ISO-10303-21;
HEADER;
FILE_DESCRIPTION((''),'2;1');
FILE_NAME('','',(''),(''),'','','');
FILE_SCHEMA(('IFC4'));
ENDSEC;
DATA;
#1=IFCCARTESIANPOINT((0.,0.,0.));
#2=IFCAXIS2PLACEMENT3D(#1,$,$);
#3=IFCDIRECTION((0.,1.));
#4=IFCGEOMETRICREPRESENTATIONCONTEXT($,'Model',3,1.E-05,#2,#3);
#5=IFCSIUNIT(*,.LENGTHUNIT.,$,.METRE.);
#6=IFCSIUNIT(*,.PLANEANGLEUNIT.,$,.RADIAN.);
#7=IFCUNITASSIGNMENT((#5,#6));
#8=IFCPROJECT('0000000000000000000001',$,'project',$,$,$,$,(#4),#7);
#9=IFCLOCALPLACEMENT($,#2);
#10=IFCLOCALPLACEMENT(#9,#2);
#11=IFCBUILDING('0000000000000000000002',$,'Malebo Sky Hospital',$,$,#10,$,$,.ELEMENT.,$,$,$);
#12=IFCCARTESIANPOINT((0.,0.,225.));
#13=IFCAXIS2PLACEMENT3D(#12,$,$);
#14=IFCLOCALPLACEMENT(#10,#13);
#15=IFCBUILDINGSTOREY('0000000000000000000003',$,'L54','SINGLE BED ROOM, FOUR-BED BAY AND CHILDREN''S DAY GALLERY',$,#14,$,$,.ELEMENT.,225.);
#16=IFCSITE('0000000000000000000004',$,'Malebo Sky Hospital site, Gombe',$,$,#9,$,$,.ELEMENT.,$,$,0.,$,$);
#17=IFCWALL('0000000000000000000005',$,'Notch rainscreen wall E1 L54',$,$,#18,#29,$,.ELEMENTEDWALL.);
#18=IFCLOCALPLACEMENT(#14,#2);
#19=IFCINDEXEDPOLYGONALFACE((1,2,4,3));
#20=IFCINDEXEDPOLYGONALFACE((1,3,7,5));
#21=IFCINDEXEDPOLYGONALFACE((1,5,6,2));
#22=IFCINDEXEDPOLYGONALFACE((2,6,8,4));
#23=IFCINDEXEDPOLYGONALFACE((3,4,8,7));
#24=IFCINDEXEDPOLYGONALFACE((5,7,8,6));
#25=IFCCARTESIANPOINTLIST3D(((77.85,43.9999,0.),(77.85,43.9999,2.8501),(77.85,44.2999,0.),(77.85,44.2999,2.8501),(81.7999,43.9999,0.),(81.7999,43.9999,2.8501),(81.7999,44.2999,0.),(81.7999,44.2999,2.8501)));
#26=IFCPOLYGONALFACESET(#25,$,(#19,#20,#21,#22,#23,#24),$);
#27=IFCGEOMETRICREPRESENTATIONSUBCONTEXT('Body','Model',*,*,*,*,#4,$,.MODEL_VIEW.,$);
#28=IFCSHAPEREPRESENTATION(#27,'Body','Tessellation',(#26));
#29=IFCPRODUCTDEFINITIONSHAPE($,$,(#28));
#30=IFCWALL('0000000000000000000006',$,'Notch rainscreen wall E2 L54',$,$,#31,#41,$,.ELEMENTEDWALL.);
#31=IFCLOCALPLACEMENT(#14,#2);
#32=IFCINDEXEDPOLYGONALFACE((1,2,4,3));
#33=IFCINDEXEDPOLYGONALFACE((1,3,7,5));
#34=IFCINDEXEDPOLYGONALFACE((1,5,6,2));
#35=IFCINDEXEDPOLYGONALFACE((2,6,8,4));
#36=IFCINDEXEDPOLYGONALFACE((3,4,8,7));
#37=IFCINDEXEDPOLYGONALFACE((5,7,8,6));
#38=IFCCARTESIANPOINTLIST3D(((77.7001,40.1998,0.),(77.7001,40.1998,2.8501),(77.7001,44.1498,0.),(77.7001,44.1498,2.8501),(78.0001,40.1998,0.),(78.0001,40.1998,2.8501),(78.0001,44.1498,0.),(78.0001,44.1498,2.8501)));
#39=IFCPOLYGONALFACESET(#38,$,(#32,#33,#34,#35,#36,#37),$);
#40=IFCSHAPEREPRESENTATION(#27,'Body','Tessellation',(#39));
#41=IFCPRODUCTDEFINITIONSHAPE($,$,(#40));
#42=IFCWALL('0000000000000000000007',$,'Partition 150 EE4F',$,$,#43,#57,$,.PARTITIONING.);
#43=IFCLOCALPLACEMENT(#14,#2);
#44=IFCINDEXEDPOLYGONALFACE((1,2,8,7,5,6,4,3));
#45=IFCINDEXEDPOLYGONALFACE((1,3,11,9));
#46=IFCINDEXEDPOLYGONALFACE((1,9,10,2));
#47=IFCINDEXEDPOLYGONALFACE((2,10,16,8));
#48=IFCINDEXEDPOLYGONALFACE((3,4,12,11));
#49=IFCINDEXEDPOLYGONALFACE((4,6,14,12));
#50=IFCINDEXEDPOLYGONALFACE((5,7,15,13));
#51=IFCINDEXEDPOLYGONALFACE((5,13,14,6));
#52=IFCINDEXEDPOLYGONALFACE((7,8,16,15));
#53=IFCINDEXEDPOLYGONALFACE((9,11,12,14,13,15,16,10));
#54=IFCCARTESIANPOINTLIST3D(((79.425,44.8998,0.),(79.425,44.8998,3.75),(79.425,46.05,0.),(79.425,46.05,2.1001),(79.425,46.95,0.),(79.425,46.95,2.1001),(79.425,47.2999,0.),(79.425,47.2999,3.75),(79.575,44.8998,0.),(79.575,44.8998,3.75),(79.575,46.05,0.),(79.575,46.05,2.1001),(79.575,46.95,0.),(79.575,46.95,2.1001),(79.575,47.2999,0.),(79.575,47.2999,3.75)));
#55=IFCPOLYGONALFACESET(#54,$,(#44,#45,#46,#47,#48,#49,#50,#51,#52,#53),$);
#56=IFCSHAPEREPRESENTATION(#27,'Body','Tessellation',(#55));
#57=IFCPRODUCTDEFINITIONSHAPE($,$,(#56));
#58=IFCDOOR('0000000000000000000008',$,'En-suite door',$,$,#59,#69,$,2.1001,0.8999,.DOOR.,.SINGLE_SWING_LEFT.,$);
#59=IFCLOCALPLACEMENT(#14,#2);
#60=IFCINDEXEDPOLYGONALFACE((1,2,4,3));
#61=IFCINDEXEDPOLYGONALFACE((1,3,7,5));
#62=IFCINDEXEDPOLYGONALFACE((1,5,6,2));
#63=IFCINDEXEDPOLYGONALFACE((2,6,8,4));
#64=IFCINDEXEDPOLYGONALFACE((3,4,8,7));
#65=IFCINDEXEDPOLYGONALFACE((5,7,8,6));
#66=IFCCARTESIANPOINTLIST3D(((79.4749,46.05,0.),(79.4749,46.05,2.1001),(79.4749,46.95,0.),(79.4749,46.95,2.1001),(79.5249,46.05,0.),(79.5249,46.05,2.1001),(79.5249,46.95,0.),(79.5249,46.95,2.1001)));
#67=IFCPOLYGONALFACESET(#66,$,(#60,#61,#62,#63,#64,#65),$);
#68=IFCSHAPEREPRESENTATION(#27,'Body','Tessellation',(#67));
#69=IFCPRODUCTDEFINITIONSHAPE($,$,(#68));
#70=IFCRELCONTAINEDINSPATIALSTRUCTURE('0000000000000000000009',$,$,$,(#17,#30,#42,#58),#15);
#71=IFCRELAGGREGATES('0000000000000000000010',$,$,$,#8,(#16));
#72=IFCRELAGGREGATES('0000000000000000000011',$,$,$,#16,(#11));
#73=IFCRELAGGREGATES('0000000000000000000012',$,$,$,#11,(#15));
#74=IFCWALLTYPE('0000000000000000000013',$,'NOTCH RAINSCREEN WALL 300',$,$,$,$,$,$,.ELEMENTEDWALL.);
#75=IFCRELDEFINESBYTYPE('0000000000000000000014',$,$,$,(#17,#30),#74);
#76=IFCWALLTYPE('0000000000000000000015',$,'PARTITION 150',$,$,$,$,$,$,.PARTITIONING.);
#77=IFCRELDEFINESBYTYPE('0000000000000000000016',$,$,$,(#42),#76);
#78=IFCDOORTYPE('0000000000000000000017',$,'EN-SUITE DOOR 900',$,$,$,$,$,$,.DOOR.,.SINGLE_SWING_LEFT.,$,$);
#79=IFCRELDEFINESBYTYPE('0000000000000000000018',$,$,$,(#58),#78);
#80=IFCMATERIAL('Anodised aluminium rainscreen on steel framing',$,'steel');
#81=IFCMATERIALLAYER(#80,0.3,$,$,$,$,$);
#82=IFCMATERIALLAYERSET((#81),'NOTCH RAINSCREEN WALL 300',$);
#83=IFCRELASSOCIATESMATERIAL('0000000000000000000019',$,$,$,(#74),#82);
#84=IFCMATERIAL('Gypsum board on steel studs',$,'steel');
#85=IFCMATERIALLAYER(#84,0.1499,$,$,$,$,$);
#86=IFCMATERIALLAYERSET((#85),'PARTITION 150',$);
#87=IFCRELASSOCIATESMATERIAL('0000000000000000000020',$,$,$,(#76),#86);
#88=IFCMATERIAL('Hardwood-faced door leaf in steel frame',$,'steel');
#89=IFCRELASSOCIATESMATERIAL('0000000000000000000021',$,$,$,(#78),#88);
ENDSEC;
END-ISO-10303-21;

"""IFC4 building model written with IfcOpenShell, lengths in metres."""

from ifc_helpers import new_model, si_unit, direction, frame, frame_2d, origin, place, context, subcontext, project, spatial, rectangle, extrude, material, layer, layer_set, type_object, element, fill, save


model = new_model("IFC4")

# Units and contexts
model_context = context("Model", 3, precision=1e-05, world=origin(), true_north=direction((0.0, 1.0)))
body_context = subcontext(model_context, "Body", "Model", "MODEL_VIEW")
ifc_project = project(units=[si_unit("LENGTHUNIT", "METRE"), si_unit("PLANEANGLEUNIT", "RADIAN")], contexts=[model_context])

# Site, building, storey
site_placement = place(None, origin())
site = spatial("IfcSite", under=ifc_project, at=site_placement, Name="Malebo Sky Hospital site, Gombe", CompositionType="ELEMENT", RefElevation=0.0)
building_placement = place(site_placement, origin())
building = spatial("IfcBuilding", under=site, at=building_placement, Name="Malebo Sky Hospital", CompositionType="ELEMENT")
storey_placement = place(building_placement, frame((0.0, 0.0, 225.0)))
storey = spatial("IfcBuildingStorey", under=building, at=storey_placement, Name="L54", Description="SINGLE BED ROOM, FOUR-BED BAY AND CHILDREN'S DAY GALLERY", CompositionType="ELEMENT", Elevation=225.0)

# Walls
ifc_material_1 = material(Name="Anodised aluminium rainscreen on steel framing", Category="steel")
ifc_layer_1 = layer(ifc_material_1, 0.3)
ifc_layer_set_1 = layer_set([ifc_layer_1], Name="NOTCH RAINSCREEN WALL 300")
wall_type_1 = type_object("IfcWallType", Name="NOTCH RAINSCREEN WALL 300", PredefinedType="ELEMENTEDWALL", material=ifc_layer_set_1)
for number, where, z_axis, x_axis, name in (
    (1, (81.8, 44.1499, 0.0), (0.0, 0.0, 1.0), (-1.0, 0.0, 0.0), "Notch rainscreen wall E1 L54"),
    (2, (77.8501, 44.1499, 0.0), (0.0, 0.0, 1.0), (0.0, -1.0, 0.0), "Notch rainscreen wall E2 L54"),
):
    element("IfcWall", number, at=place(storey_placement, frame(where, z_axis=z_axis, x_axis=x_axis)), inside=storey, type_object=wall_type_1, Name=name, PredefinedType="ELEMENTEDWALL", context=body_context, shape_type="SweptSolid", body=[
        extrude(rectangle(XDim=3.95, YDim=0.3, at=frame_2d((1.9751, 0.0))), origin(), (0.0, 0.0, 1.0), 2.8501),
    ])

# Wall, opening, door
ifc_material_2 = material(Name="Gypsum board on steel studs", Category="steel")
ifc_layer_2 = layer(ifc_material_2, 0.1499)
ifc_layer_set_2 = layer_set([ifc_layer_2], Name="PARTITION 150")
wall_type_2 = type_object("IfcWallType", Name="PARTITION 150", PredefinedType="PARTITIONING", material=ifc_layer_set_2)
wall_placement = place(storey_placement, frame((79.5, 47.3, 0.0), z_axis=(0.0, 0.0, 1.0), x_axis=(0.0, -1.0, 0.0)))
wall = element("IfcWall", 3, at=wall_placement, inside=storey, type_object=wall_type_2, Name="Partition 150 EE4F", PredefinedType="PARTITIONING", context=body_context, shape_type="SweptSolid", body=[
    extrude(rectangle(XDim=2.4001, YDim=0.1499, at=frame_2d((1.2002, 0.0))), origin(), (0.0, 0.0, 1.0), 3.75),
])
opening_placement = place(wall_placement, frame((0.3501, 0.0, 0.0)))
opening = element("IfcOpeningElement", 4, at=opening_placement, cuts=wall, PredefinedType="OPENING", context=body_context, shape_type="SweptSolid", body=[
    extrude(rectangle(XDim=0.8999, YDim=2.1001, at=frame_2d((0.45, 1.05))), frame((0.0, 0.085, 0.0), z_axis=(0.0, -1.0, 0.0), x_axis=(1.0, 0.0, 0.0)), (0.0, 0.0, 1.0), 0.1699),
])
ifc_material_3 = material(Name="Hardwood-faced door leaf in steel frame", Category="steel")
door_type = type_object("IfcDoorType", Name="EN-SUITE DOOR 900", OperationType="SINGLE_SWING_LEFT", PredefinedType="DOOR", material=ifc_material_3)
door_placement = place(opening_placement, origin())
door = element("IfcDoor", 5, at=door_placement, inside=storey, type_object=door_type, Name="En-suite door", OperationType="SINGLE_SWING_LEFT", OverallHeight=2.1001, OverallWidth=0.8999, PredefinedType="DOOR", context=body_context, shape_type="SweptSolid", body=[
    extrude(rectangle(XDim=0.8999, YDim=2.1001, at=frame_2d((0.45, 1.05))), frame((0.0, 0.0249, 0.0), z_axis=(0.0, -1.0, 0.0), x_axis=(1.0, 0.0, 0.0)), (0.0, 0.0, 1.0), 0.05),
])
fill(opening, door)

save(model, "model.ifc")
